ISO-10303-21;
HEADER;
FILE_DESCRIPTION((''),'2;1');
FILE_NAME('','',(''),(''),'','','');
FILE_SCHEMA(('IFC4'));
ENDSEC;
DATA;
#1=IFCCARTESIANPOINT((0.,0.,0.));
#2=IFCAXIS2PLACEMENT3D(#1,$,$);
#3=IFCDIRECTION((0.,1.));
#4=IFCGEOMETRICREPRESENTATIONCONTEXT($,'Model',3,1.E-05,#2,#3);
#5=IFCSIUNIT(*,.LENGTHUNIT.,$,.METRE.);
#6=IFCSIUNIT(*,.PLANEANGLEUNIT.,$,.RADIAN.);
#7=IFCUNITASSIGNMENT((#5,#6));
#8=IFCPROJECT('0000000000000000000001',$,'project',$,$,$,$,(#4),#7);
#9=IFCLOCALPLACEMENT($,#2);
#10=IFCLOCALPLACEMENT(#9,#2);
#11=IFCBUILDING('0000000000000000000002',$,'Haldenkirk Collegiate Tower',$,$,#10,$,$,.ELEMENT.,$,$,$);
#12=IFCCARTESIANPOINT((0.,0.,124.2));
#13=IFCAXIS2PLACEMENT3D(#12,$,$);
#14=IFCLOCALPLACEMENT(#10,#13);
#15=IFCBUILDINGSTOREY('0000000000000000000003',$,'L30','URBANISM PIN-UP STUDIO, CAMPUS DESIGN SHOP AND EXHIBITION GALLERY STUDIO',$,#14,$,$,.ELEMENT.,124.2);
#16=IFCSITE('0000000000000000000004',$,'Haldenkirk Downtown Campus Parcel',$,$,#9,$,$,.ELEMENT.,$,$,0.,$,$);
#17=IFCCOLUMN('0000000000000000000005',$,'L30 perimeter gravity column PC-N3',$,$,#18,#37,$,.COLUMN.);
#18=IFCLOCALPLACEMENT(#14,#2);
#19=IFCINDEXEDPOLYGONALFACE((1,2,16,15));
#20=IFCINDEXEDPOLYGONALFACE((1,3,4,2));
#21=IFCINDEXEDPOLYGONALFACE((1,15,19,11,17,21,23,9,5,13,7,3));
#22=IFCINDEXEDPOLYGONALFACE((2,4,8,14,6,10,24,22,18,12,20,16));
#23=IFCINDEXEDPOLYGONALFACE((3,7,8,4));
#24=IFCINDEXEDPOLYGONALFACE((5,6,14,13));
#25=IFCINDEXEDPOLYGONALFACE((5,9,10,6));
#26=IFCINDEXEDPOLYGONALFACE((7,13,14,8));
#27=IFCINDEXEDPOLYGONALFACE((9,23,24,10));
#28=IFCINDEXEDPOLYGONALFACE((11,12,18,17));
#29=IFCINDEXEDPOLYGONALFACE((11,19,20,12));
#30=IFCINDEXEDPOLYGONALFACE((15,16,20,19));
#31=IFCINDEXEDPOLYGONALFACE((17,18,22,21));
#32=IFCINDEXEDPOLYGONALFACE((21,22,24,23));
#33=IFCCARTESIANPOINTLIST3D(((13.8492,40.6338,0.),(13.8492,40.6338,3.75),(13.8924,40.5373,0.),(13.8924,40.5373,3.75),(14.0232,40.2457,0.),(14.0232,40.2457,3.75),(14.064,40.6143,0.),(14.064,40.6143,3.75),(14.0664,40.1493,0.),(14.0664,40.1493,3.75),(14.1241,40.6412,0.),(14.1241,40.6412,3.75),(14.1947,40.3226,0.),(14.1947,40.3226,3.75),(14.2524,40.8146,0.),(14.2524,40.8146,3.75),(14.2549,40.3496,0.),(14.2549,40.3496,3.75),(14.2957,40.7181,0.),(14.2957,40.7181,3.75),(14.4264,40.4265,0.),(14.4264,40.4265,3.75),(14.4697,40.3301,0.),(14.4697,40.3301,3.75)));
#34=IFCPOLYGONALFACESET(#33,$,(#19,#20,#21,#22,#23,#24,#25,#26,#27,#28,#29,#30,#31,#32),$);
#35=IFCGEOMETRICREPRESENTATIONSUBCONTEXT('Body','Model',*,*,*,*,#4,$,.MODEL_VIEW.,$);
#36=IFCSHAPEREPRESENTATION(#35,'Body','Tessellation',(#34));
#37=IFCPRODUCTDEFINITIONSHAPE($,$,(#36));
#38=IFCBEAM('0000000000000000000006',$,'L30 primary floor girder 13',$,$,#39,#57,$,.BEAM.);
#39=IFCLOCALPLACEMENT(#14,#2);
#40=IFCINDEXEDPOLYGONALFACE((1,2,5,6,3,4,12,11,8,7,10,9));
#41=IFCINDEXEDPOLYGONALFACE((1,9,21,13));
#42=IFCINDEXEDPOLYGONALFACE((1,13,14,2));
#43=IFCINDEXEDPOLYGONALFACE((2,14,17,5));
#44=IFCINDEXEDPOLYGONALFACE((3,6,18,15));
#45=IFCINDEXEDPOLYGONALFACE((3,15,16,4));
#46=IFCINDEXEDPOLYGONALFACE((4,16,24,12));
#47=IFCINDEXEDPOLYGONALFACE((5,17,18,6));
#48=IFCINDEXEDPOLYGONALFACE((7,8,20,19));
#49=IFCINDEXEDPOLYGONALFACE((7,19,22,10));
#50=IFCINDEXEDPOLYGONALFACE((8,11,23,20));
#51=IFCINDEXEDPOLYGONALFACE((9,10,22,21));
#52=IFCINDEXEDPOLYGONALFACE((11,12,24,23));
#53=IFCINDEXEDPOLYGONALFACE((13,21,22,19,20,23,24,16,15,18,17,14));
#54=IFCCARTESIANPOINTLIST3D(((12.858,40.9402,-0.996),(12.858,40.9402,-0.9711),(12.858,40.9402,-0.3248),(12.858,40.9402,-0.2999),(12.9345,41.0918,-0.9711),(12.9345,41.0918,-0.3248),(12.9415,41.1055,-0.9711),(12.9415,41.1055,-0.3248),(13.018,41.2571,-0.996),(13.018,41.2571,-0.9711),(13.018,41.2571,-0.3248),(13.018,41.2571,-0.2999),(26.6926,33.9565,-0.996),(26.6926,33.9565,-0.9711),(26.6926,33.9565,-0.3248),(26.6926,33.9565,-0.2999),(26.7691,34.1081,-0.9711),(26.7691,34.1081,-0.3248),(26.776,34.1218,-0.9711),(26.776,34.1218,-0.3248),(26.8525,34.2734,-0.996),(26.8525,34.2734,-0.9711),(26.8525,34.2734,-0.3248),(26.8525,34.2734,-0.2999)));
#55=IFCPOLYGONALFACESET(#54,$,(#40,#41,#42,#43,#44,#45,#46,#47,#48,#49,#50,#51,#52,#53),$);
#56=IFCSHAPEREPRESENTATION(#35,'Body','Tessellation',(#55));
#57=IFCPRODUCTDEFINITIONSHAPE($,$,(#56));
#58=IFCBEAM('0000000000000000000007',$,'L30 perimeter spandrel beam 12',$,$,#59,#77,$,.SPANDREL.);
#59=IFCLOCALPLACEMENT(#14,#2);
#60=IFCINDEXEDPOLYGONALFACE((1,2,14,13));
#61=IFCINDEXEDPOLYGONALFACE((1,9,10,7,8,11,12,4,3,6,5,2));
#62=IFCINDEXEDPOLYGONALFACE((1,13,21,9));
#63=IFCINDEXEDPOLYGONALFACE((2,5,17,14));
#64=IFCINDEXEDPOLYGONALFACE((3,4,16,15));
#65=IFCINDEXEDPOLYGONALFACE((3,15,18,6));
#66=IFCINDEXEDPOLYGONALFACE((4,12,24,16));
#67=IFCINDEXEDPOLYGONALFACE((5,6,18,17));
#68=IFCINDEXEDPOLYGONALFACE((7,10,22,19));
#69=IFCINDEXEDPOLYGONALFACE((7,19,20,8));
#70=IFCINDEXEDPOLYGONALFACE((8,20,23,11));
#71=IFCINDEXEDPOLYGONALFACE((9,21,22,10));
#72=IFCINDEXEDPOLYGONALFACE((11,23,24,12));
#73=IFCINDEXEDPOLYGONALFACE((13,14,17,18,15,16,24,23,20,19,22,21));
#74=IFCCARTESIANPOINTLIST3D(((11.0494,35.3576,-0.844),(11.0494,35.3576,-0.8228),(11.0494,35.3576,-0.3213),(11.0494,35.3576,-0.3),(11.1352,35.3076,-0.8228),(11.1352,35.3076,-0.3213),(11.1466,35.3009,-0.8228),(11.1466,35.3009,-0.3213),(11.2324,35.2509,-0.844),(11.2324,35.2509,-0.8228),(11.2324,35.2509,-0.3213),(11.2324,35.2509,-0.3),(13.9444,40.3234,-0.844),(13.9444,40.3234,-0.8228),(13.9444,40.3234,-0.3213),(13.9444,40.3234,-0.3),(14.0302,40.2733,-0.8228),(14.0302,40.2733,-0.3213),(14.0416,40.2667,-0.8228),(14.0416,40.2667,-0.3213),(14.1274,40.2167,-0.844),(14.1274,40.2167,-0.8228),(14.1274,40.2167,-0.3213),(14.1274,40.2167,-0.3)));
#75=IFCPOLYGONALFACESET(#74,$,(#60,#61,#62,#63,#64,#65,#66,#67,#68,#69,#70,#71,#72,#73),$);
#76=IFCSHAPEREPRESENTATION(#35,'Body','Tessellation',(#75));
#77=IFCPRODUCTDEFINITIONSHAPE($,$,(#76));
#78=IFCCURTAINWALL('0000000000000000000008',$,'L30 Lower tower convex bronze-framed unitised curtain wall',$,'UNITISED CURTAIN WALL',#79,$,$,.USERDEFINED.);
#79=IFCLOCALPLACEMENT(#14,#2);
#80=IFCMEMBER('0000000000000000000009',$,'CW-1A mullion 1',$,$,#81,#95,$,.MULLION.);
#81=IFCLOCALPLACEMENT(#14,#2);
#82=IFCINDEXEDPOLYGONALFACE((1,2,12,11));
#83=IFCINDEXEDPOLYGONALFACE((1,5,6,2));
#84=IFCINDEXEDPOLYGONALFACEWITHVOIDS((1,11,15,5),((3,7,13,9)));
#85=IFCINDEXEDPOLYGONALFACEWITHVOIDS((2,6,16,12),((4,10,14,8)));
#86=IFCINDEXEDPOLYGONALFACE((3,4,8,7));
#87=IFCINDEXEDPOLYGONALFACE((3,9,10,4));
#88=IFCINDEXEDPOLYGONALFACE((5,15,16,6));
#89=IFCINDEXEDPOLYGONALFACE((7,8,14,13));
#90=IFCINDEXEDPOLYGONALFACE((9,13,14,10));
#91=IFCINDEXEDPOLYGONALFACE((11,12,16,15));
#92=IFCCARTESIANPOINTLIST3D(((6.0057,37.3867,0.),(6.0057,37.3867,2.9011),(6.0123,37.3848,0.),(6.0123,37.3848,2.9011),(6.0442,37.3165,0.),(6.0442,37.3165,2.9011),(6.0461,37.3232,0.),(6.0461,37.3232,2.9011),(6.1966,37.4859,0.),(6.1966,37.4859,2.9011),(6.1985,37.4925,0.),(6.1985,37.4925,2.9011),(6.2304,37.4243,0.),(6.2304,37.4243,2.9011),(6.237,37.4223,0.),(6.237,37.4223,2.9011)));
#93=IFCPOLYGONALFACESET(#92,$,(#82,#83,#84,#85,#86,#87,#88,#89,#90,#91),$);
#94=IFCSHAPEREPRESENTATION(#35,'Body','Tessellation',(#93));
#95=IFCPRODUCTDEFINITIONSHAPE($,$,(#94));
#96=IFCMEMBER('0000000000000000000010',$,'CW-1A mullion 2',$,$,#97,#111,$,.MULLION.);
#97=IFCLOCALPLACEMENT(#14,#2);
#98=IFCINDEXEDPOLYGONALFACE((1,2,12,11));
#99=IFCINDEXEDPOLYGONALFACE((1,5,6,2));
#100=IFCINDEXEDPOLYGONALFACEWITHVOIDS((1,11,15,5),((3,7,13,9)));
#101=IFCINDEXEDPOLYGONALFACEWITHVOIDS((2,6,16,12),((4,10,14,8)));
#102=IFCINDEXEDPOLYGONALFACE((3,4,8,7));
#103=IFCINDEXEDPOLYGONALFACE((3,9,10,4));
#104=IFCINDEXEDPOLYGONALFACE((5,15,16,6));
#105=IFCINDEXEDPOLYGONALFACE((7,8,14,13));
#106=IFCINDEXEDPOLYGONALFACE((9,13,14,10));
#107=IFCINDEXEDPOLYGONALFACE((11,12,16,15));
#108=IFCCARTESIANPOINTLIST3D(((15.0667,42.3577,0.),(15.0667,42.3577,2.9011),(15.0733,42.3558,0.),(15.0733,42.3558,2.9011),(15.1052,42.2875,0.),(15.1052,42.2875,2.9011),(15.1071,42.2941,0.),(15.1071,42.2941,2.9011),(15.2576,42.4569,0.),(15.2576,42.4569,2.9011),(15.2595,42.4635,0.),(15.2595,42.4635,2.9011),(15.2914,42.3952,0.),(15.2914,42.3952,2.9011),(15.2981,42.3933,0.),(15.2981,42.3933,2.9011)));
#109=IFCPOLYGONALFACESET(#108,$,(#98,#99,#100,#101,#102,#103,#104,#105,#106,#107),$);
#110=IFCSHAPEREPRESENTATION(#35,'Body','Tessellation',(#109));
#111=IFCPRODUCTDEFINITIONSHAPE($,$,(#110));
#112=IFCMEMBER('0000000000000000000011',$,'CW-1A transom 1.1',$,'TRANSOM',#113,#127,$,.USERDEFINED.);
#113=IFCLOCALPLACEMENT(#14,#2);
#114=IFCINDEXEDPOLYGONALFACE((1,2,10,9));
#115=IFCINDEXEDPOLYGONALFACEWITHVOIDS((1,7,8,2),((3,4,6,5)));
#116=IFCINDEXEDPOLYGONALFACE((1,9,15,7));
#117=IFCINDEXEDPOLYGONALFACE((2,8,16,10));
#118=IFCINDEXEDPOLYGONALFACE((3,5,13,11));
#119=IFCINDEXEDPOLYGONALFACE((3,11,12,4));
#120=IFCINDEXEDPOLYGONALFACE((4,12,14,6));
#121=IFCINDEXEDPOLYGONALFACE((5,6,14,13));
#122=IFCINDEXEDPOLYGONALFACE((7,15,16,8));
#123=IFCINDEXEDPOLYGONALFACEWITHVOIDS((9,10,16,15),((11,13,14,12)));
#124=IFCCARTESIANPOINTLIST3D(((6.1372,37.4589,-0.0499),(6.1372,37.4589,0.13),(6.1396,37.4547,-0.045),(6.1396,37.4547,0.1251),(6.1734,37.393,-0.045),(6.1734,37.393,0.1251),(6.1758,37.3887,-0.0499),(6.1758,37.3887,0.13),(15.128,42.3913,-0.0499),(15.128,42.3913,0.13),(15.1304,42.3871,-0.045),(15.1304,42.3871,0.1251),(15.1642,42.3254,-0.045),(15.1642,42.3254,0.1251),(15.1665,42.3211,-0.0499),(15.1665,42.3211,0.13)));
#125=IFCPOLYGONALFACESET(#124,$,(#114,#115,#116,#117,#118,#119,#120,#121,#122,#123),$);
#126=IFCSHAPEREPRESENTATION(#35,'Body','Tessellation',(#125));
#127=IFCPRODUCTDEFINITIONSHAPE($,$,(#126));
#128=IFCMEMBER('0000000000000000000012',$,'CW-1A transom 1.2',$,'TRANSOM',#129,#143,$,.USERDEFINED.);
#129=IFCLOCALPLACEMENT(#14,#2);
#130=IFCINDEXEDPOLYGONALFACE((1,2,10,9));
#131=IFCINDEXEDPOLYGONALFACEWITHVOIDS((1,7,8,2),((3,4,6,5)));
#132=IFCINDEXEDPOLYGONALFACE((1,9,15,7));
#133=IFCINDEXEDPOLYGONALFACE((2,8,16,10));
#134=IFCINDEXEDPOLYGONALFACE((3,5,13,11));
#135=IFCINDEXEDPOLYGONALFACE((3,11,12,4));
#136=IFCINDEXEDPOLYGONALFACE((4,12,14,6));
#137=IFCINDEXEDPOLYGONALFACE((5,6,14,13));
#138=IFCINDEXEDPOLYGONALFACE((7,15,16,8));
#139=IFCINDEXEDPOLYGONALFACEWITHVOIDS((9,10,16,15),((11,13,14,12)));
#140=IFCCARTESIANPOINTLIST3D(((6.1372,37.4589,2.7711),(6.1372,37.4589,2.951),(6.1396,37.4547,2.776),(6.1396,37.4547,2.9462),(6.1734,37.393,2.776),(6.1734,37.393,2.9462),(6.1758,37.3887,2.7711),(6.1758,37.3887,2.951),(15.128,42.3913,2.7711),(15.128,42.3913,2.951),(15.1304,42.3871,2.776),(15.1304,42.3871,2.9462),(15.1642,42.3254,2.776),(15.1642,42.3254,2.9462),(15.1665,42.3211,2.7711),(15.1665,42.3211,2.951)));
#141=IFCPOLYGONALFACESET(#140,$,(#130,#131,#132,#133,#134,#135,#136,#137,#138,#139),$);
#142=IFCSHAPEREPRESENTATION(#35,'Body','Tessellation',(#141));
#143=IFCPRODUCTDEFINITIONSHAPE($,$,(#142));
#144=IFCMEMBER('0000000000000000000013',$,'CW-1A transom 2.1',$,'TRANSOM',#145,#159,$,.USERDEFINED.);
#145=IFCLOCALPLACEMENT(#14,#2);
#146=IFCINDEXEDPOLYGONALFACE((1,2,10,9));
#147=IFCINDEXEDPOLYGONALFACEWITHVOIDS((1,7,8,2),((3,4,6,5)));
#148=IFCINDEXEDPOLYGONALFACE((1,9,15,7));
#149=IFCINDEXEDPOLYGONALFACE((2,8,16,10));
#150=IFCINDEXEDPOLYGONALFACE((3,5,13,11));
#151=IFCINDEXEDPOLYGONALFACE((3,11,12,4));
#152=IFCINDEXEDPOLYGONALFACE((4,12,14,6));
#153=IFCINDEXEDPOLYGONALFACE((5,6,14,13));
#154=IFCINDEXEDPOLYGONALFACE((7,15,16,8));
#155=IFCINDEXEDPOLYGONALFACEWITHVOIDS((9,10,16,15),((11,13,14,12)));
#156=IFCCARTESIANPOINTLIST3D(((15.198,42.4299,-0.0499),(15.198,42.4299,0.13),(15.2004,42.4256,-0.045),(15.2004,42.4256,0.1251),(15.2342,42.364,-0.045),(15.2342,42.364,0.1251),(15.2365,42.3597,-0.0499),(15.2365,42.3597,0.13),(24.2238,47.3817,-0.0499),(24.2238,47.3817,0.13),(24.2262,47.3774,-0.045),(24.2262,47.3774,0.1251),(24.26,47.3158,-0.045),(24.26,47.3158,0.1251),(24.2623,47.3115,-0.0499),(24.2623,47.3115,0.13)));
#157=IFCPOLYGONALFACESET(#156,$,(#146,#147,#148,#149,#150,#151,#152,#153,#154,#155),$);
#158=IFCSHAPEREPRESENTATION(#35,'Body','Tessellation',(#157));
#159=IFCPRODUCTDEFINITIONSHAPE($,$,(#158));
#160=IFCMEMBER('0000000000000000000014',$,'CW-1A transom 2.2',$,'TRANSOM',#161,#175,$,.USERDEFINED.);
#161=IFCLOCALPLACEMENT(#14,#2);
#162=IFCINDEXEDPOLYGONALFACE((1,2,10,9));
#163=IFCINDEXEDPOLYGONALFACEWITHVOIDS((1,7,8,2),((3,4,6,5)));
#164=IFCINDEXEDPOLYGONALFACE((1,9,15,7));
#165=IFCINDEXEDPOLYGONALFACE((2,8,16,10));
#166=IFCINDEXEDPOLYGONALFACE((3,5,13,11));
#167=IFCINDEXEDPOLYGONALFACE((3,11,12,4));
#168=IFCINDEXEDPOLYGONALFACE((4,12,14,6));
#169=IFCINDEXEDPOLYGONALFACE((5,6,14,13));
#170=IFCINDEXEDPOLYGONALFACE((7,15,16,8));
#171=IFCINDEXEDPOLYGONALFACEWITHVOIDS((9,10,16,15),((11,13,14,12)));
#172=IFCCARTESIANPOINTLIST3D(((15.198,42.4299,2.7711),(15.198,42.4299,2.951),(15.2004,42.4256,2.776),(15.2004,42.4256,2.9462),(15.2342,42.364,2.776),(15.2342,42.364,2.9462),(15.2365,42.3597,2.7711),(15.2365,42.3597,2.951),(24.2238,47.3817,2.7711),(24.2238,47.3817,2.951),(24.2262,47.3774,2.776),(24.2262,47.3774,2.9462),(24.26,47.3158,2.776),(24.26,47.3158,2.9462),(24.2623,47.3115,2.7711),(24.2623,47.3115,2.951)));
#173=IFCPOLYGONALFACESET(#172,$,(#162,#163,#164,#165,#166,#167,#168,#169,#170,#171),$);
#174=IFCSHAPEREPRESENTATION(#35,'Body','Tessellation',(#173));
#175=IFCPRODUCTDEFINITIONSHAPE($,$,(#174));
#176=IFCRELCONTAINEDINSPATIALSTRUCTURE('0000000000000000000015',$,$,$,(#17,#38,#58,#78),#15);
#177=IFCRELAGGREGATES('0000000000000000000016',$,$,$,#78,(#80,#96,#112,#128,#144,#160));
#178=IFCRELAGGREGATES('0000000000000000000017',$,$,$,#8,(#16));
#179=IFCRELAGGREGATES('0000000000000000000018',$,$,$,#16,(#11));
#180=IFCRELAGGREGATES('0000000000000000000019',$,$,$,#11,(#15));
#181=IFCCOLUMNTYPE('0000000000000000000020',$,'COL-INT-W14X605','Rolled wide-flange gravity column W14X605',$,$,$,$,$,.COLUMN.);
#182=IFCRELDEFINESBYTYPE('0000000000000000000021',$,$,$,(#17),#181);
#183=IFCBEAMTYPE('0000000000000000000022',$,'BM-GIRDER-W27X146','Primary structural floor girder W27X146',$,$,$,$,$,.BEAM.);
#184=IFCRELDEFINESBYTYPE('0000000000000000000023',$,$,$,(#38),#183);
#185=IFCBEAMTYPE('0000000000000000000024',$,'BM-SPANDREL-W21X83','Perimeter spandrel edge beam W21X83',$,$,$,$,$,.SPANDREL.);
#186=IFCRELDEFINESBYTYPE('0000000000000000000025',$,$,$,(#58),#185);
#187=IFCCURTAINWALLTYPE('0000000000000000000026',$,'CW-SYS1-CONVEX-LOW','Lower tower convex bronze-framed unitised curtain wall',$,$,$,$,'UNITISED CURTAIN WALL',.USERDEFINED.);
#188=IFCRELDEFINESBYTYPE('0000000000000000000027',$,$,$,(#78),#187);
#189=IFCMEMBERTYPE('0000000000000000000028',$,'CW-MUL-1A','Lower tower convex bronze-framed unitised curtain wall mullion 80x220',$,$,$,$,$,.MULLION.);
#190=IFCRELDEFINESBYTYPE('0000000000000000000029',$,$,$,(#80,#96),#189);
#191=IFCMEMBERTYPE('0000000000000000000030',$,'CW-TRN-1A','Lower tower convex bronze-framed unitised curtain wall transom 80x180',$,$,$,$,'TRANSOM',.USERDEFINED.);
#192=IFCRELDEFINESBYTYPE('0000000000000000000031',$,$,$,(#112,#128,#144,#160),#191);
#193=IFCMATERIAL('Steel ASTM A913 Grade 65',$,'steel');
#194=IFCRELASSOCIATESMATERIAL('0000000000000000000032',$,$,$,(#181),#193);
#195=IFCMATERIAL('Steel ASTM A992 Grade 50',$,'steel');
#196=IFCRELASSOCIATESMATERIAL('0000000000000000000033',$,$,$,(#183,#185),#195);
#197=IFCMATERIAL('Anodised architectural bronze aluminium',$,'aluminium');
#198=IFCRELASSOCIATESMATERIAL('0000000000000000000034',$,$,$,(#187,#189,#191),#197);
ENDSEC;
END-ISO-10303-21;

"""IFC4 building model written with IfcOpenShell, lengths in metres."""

from ifc_helpers import new_model, si_unit, direction, frame, origin, origin_2d, place, context, subcontext, project, spatial, hollow_rectangle, i_section, extrude, material, material_profile, profile_set, type_object, element, aggregate, save


model = new_model("IFC4")

# Units and contexts
model_context = context("Model", 3, precision=1e-05, world=origin(), true_north=direction((0.0, 1.0)))
body_context = subcontext(model_context, "Body", "Model", "MODEL_VIEW")
ifc_project = project(units=[si_unit("LENGTHUNIT", "METRE"), si_unit("PLANEANGLEUNIT", "RADIAN")], contexts=[model_context])

# Site, building, storey
site_placement = place(None, origin())
site = spatial("IfcSite", under=ifc_project, at=site_placement, Name="Haldenkirk Downtown Campus Parcel", CompositionType="ELEMENT", RefElevation=0.0)
building_placement = place(site_placement, origin())
building = spatial("IfcBuilding", under=site, at=building_placement, Name="Haldenkirk Collegiate Tower", CompositionType="ELEMENT")
storey_placement = place(building_placement, frame((0.0, 0.0, 124.2)))
storey = spatial("IfcBuildingStorey", under=building, at=storey_placement, Name="L30", Description="URBANISM PIN-UP STUDIO, CAMPUS DESIGN SHOP AND EXHIBITION GALLERY STUDIO", CompositionType="ELEMENT", Elevation=124.2)

# Column
ifc_material_1 = material(Name="Steel ASTM A913 Grade 65", Category="steel")
ifc_material_profile_1 = material_profile(ifc_material_1, i_section(OverallWidth=0.4419, OverallDepth=0.531, WebThickness=0.0659, FlangeThickness=0.1057, at=origin_2d()), Name="W14X605")
ifc_profile_set_1 = profile_set([ifc_material_profile_1], Name="Steel ASTM A913 Grade 65")
column_type = type_object("IfcColumnType", Name="COL-INT-W14X605", Description="Rolled wide-flange gravity column W14X605", PredefinedType="COLUMN", material=ifc_profile_set_1)
column_placement = place(storey_placement, frame((14.1594, 40.4819, 0.0), z_axis=(0.0, 0.0, 1.0), x_axis=(0.912477, 0.409127, 0.0)))
element("IfcColumn", 1, at=column_placement, inside=storey, type_object=column_type, Name="L30 perimeter gravity column PC-N3", PredefinedType="COLUMN", context=body_context, shape_type="SweptSolid", body=[
    extrude(i_section(OverallWidth=0.4419, OverallDepth=0.531, WebThickness=0.0659, FlangeThickness=0.1057, at=origin_2d()), origin(), (0.0, 0.0, 1.0), 3.75),
])

# Beams
ifc_material_2 = material(Name="Steel ASTM A992 Grade 50", Category="steel")
ifc_material_profile_2 = material_profile(ifc_material_2, i_section(OverallWidth=0.355, OverallDepth=0.696, WebThickness=0.0154, FlangeThickness=0.0249, at=origin_2d()), Name="W27X146")
ifc_profile_set_2 = profile_set([ifc_material_profile_2], Name="Steel ASTM A992 Grade 50")
beam_type_1 = type_object("IfcBeamType", Name="BM-GIRDER-W27X146", Description="Primary structural floor girder W27X146", PredefinedType="BEAM", material=ifc_profile_set_2)
beam_1_placement = place(storey_placement, frame((12.938, 41.0986, -0.6479), z_axis=(0.892707, -0.450638, 0.0), x_axis=(0.450638, 0.892707, 0.0)))
element("IfcBeam", 2, at=beam_1_placement, inside=storey, type_object=beam_type_1, Name="L30 primary floor girder 13", PredefinedType="BEAM", context=body_context, shape_type="SweptSolid", body=[
    extrude(i_section(OverallWidth=0.355, OverallDepth=0.696, WebThickness=0.0154, FlangeThickness=0.0249, at=origin_2d()), origin(), (0.0, 0.0, 1.0), 15.4973),
])
ifc_material_profile_3 = material_profile(ifc_material_2, i_section(OverallWidth=0.2119, OverallDepth=0.5439, WebThickness=0.0132, FlangeThickness=0.0212, at=origin_2d()), Name="W21X83")
ifc_profile_set_3 = profile_set([ifc_material_profile_3], Name="Steel ASTM A992 Grade 50")
beam_type_2 = type_object("IfcBeamType", Name="BM-SPANDREL-W21X83", Description="Perimeter spandrel edge beam W21X83", PredefinedType="SPANDREL", material=ifc_profile_set_3)
beam_2_placement = place(storey_placement, frame((14.0359, 40.27, -0.572), z_axis=(-0.503649, -0.863908, 0.0), x_axis=(0.863908, -0.503649, 0.0)))
element("IfcBeam", 3, at=beam_2_placement, inside=storey, type_object=beam_type_2, Name="L30 perimeter spandrel beam 12", PredefinedType="SPANDREL", context=body_context, shape_type="SweptSolid", body=[
    extrude(i_section(OverallWidth=0.2119, OverallDepth=0.5439, WebThickness=0.0132, FlangeThickness=0.0212, at=origin_2d()), origin(), (0.0, 0.0, 1.0), 5.748),
])

# Curtain wall, members
ifc_material_3 = material(Name="Anodised architectural bronze aluminium", Category="aluminium")
curtain_wall_type = type_object("IfcCurtainWallType", Name="CW-SYS1-CONVEX-LOW", Description="Lower tower convex bronze-framed unitised curtain wall", ElementType="UNITISED CURTAIN WALL", PredefinedType="USERDEFINED", material=ifc_material_3)
curtain_wall_placement = place(storey_placement, origin())
curtain_wall = element("IfcCurtainWall", 4, at=curtain_wall_placement, inside=storey, type_object=curtain_wall_type, Name="L30 Lower tower convex bronze-framed unitised curtain wall", ObjectType="UNITISED CURTAIN WALL", PredefinedType="USERDEFINED")
ifc_material_profile_4 = material_profile(ifc_material_3, hollow_rectangle(XDim=0.0801, YDim=0.22, WallThickness=0.0049, at=origin_2d()), Name="CW-MUL-1A")
ifc_profile_set_4 = profile_set([ifc_material_profile_4], Name="Anodised architectural bronze aluminium")
member_type_1 = type_object("IfcMemberType", Name="CW-MUL-1A", Description="Lower tower convex bronze-framed unitised curtain wall mullion 80x220", PredefinedType="MULLION", material=ifc_profile_set_4)
member_1_placement = place(storey_placement, frame((6.1213, 37.4045, 0.0), z_axis=(0.0, 0.0, 1.0), x_axis=(-0.480989, 0.876727, 0.0)))
member_1 = element("IfcMember", 5, at=member_1_placement, type_object=member_type_1, Name="CW-1A mullion 1", PredefinedType="MULLION", context=body_context, shape_type="SweptSolid", body=[
    extrude(hollow_rectangle(XDim=0.0801, YDim=0.22, WallThickness=0.0049, at=origin_2d()), origin(), (0.0, 0.0, 1.0), 2.9011),
])
member_2_placement = place(storey_placement, frame((15.1824, 42.3755, 0.0), z_axis=(0.0, 0.0, 1.0), x_axis=(-0.480989, 0.876727, 0.0)))
member_2 = element("IfcMember", 6, at=member_2_placement, type_object=member_type_1, Name="CW-1A mullion 2", PredefinedType="MULLION", context=body_context, shape_type="SweptSolid", body=[
    extrude(hollow_rectangle(XDim=0.0801, YDim=0.22, WallThickness=0.0049, at=origin_2d()), origin(), (0.0, 0.0, 1.0), 2.9011),
])
ifc_material_profile_5 = material_profile(ifc_material_3, hollow_rectangle(XDim=0.0801, YDim=0.1799, WallThickness=0.0049, at=origin_2d()), Name="CW-TRN-1A")
ifc_profile_set_5 = profile_set([ifc_material_profile_5], Name="Anodised architectural bronze aluminium")
member_type_2 = type_object("IfcMemberType", Name="CW-TRN-1A", Description="Lower tower convex bronze-framed unitised curtain wall transom 80x180", ElementType="TRANSOM", PredefinedType="USERDEFINED", material=ifc_profile_set_5)
member_3_placement = place(storey_placement, frame((6.1565, 37.4238, 0.04), z_axis=(0.876731, 0.480981, 0.0), x_axis=(-0.480981, 0.876731, 0.0)))
member_3 = element("IfcMember", 7, at=member_3_placement, type_object=member_type_2, Name="CW-1A transom 1.1", ObjectType="TRANSOM", PredefinedType="USERDEFINED", context=body_context, shape_type="SweptSolid", body=[
    extrude(hollow_rectangle(XDim=0.0801, YDim=0.1799, WallThickness=0.0049, at=origin_2d()), origin(), (0.0, 0.0, 1.0), 10.2549),
])
member_4_placement = place(storey_placement, frame((6.1565, 37.4238, 2.8611), z_axis=(0.876731, 0.480981, 0.0), x_axis=(-0.480981, 0.876731, 0.0)))
member_4 = element("IfcMember", 8, at=member_4_placement, type_object=member_type_2, Name="CW-1A transom 1.2", ObjectType="TRANSOM", PredefinedType="USERDEFINED", context=body_context, shape_type="SweptSolid", body=[
    extrude(hollow_rectangle(XDim=0.0801, YDim=0.1799, WallThickness=0.0049, at=origin_2d()), origin(), (0.0, 0.0, 1.0), 10.2549),
])
member_5_placement = place(storey_placement, frame((15.2173, 42.3948, 0.04), z_axis=(0.876721, 0.480999, 0.0), x_axis=(-0.480999, 0.876721, 0.0)))
member_5 = element("IfcMember", 9, at=member_5_placement, type_object=member_type_2, Name="CW-1A transom 2.1", ObjectType="TRANSOM", PredefinedType="USERDEFINED", context=body_context, shape_type="SweptSolid", body=[
    extrude(hollow_rectangle(XDim=0.0801, YDim=0.1799, WallThickness=0.0049, at=origin_2d()), origin(), (0.0, 0.0, 1.0), 10.2949),
])
member_6_placement = place(storey_placement, frame((15.2173, 42.3948, 2.8611), z_axis=(0.876721, 0.480999, 0.0), x_axis=(-0.480999, 0.876721, 0.0)))
member_6 = element("IfcMember", 10, at=member_6_placement, type_object=member_type_2, Name="CW-1A transom 2.2", ObjectType="TRANSOM", PredefinedType="USERDEFINED", context=body_context, shape_type="SweptSolid", body=[
    extrude(hollow_rectangle(XDim=0.0801, YDim=0.1799, WallThickness=0.0049, at=origin_2d()), origin(), (0.0, 0.0, 1.0), 10.2949),
])
aggregate(curtain_wall, [member_1, member_2, member_3, member_4, member_5, member_6])

save(model, "model.ifc")
